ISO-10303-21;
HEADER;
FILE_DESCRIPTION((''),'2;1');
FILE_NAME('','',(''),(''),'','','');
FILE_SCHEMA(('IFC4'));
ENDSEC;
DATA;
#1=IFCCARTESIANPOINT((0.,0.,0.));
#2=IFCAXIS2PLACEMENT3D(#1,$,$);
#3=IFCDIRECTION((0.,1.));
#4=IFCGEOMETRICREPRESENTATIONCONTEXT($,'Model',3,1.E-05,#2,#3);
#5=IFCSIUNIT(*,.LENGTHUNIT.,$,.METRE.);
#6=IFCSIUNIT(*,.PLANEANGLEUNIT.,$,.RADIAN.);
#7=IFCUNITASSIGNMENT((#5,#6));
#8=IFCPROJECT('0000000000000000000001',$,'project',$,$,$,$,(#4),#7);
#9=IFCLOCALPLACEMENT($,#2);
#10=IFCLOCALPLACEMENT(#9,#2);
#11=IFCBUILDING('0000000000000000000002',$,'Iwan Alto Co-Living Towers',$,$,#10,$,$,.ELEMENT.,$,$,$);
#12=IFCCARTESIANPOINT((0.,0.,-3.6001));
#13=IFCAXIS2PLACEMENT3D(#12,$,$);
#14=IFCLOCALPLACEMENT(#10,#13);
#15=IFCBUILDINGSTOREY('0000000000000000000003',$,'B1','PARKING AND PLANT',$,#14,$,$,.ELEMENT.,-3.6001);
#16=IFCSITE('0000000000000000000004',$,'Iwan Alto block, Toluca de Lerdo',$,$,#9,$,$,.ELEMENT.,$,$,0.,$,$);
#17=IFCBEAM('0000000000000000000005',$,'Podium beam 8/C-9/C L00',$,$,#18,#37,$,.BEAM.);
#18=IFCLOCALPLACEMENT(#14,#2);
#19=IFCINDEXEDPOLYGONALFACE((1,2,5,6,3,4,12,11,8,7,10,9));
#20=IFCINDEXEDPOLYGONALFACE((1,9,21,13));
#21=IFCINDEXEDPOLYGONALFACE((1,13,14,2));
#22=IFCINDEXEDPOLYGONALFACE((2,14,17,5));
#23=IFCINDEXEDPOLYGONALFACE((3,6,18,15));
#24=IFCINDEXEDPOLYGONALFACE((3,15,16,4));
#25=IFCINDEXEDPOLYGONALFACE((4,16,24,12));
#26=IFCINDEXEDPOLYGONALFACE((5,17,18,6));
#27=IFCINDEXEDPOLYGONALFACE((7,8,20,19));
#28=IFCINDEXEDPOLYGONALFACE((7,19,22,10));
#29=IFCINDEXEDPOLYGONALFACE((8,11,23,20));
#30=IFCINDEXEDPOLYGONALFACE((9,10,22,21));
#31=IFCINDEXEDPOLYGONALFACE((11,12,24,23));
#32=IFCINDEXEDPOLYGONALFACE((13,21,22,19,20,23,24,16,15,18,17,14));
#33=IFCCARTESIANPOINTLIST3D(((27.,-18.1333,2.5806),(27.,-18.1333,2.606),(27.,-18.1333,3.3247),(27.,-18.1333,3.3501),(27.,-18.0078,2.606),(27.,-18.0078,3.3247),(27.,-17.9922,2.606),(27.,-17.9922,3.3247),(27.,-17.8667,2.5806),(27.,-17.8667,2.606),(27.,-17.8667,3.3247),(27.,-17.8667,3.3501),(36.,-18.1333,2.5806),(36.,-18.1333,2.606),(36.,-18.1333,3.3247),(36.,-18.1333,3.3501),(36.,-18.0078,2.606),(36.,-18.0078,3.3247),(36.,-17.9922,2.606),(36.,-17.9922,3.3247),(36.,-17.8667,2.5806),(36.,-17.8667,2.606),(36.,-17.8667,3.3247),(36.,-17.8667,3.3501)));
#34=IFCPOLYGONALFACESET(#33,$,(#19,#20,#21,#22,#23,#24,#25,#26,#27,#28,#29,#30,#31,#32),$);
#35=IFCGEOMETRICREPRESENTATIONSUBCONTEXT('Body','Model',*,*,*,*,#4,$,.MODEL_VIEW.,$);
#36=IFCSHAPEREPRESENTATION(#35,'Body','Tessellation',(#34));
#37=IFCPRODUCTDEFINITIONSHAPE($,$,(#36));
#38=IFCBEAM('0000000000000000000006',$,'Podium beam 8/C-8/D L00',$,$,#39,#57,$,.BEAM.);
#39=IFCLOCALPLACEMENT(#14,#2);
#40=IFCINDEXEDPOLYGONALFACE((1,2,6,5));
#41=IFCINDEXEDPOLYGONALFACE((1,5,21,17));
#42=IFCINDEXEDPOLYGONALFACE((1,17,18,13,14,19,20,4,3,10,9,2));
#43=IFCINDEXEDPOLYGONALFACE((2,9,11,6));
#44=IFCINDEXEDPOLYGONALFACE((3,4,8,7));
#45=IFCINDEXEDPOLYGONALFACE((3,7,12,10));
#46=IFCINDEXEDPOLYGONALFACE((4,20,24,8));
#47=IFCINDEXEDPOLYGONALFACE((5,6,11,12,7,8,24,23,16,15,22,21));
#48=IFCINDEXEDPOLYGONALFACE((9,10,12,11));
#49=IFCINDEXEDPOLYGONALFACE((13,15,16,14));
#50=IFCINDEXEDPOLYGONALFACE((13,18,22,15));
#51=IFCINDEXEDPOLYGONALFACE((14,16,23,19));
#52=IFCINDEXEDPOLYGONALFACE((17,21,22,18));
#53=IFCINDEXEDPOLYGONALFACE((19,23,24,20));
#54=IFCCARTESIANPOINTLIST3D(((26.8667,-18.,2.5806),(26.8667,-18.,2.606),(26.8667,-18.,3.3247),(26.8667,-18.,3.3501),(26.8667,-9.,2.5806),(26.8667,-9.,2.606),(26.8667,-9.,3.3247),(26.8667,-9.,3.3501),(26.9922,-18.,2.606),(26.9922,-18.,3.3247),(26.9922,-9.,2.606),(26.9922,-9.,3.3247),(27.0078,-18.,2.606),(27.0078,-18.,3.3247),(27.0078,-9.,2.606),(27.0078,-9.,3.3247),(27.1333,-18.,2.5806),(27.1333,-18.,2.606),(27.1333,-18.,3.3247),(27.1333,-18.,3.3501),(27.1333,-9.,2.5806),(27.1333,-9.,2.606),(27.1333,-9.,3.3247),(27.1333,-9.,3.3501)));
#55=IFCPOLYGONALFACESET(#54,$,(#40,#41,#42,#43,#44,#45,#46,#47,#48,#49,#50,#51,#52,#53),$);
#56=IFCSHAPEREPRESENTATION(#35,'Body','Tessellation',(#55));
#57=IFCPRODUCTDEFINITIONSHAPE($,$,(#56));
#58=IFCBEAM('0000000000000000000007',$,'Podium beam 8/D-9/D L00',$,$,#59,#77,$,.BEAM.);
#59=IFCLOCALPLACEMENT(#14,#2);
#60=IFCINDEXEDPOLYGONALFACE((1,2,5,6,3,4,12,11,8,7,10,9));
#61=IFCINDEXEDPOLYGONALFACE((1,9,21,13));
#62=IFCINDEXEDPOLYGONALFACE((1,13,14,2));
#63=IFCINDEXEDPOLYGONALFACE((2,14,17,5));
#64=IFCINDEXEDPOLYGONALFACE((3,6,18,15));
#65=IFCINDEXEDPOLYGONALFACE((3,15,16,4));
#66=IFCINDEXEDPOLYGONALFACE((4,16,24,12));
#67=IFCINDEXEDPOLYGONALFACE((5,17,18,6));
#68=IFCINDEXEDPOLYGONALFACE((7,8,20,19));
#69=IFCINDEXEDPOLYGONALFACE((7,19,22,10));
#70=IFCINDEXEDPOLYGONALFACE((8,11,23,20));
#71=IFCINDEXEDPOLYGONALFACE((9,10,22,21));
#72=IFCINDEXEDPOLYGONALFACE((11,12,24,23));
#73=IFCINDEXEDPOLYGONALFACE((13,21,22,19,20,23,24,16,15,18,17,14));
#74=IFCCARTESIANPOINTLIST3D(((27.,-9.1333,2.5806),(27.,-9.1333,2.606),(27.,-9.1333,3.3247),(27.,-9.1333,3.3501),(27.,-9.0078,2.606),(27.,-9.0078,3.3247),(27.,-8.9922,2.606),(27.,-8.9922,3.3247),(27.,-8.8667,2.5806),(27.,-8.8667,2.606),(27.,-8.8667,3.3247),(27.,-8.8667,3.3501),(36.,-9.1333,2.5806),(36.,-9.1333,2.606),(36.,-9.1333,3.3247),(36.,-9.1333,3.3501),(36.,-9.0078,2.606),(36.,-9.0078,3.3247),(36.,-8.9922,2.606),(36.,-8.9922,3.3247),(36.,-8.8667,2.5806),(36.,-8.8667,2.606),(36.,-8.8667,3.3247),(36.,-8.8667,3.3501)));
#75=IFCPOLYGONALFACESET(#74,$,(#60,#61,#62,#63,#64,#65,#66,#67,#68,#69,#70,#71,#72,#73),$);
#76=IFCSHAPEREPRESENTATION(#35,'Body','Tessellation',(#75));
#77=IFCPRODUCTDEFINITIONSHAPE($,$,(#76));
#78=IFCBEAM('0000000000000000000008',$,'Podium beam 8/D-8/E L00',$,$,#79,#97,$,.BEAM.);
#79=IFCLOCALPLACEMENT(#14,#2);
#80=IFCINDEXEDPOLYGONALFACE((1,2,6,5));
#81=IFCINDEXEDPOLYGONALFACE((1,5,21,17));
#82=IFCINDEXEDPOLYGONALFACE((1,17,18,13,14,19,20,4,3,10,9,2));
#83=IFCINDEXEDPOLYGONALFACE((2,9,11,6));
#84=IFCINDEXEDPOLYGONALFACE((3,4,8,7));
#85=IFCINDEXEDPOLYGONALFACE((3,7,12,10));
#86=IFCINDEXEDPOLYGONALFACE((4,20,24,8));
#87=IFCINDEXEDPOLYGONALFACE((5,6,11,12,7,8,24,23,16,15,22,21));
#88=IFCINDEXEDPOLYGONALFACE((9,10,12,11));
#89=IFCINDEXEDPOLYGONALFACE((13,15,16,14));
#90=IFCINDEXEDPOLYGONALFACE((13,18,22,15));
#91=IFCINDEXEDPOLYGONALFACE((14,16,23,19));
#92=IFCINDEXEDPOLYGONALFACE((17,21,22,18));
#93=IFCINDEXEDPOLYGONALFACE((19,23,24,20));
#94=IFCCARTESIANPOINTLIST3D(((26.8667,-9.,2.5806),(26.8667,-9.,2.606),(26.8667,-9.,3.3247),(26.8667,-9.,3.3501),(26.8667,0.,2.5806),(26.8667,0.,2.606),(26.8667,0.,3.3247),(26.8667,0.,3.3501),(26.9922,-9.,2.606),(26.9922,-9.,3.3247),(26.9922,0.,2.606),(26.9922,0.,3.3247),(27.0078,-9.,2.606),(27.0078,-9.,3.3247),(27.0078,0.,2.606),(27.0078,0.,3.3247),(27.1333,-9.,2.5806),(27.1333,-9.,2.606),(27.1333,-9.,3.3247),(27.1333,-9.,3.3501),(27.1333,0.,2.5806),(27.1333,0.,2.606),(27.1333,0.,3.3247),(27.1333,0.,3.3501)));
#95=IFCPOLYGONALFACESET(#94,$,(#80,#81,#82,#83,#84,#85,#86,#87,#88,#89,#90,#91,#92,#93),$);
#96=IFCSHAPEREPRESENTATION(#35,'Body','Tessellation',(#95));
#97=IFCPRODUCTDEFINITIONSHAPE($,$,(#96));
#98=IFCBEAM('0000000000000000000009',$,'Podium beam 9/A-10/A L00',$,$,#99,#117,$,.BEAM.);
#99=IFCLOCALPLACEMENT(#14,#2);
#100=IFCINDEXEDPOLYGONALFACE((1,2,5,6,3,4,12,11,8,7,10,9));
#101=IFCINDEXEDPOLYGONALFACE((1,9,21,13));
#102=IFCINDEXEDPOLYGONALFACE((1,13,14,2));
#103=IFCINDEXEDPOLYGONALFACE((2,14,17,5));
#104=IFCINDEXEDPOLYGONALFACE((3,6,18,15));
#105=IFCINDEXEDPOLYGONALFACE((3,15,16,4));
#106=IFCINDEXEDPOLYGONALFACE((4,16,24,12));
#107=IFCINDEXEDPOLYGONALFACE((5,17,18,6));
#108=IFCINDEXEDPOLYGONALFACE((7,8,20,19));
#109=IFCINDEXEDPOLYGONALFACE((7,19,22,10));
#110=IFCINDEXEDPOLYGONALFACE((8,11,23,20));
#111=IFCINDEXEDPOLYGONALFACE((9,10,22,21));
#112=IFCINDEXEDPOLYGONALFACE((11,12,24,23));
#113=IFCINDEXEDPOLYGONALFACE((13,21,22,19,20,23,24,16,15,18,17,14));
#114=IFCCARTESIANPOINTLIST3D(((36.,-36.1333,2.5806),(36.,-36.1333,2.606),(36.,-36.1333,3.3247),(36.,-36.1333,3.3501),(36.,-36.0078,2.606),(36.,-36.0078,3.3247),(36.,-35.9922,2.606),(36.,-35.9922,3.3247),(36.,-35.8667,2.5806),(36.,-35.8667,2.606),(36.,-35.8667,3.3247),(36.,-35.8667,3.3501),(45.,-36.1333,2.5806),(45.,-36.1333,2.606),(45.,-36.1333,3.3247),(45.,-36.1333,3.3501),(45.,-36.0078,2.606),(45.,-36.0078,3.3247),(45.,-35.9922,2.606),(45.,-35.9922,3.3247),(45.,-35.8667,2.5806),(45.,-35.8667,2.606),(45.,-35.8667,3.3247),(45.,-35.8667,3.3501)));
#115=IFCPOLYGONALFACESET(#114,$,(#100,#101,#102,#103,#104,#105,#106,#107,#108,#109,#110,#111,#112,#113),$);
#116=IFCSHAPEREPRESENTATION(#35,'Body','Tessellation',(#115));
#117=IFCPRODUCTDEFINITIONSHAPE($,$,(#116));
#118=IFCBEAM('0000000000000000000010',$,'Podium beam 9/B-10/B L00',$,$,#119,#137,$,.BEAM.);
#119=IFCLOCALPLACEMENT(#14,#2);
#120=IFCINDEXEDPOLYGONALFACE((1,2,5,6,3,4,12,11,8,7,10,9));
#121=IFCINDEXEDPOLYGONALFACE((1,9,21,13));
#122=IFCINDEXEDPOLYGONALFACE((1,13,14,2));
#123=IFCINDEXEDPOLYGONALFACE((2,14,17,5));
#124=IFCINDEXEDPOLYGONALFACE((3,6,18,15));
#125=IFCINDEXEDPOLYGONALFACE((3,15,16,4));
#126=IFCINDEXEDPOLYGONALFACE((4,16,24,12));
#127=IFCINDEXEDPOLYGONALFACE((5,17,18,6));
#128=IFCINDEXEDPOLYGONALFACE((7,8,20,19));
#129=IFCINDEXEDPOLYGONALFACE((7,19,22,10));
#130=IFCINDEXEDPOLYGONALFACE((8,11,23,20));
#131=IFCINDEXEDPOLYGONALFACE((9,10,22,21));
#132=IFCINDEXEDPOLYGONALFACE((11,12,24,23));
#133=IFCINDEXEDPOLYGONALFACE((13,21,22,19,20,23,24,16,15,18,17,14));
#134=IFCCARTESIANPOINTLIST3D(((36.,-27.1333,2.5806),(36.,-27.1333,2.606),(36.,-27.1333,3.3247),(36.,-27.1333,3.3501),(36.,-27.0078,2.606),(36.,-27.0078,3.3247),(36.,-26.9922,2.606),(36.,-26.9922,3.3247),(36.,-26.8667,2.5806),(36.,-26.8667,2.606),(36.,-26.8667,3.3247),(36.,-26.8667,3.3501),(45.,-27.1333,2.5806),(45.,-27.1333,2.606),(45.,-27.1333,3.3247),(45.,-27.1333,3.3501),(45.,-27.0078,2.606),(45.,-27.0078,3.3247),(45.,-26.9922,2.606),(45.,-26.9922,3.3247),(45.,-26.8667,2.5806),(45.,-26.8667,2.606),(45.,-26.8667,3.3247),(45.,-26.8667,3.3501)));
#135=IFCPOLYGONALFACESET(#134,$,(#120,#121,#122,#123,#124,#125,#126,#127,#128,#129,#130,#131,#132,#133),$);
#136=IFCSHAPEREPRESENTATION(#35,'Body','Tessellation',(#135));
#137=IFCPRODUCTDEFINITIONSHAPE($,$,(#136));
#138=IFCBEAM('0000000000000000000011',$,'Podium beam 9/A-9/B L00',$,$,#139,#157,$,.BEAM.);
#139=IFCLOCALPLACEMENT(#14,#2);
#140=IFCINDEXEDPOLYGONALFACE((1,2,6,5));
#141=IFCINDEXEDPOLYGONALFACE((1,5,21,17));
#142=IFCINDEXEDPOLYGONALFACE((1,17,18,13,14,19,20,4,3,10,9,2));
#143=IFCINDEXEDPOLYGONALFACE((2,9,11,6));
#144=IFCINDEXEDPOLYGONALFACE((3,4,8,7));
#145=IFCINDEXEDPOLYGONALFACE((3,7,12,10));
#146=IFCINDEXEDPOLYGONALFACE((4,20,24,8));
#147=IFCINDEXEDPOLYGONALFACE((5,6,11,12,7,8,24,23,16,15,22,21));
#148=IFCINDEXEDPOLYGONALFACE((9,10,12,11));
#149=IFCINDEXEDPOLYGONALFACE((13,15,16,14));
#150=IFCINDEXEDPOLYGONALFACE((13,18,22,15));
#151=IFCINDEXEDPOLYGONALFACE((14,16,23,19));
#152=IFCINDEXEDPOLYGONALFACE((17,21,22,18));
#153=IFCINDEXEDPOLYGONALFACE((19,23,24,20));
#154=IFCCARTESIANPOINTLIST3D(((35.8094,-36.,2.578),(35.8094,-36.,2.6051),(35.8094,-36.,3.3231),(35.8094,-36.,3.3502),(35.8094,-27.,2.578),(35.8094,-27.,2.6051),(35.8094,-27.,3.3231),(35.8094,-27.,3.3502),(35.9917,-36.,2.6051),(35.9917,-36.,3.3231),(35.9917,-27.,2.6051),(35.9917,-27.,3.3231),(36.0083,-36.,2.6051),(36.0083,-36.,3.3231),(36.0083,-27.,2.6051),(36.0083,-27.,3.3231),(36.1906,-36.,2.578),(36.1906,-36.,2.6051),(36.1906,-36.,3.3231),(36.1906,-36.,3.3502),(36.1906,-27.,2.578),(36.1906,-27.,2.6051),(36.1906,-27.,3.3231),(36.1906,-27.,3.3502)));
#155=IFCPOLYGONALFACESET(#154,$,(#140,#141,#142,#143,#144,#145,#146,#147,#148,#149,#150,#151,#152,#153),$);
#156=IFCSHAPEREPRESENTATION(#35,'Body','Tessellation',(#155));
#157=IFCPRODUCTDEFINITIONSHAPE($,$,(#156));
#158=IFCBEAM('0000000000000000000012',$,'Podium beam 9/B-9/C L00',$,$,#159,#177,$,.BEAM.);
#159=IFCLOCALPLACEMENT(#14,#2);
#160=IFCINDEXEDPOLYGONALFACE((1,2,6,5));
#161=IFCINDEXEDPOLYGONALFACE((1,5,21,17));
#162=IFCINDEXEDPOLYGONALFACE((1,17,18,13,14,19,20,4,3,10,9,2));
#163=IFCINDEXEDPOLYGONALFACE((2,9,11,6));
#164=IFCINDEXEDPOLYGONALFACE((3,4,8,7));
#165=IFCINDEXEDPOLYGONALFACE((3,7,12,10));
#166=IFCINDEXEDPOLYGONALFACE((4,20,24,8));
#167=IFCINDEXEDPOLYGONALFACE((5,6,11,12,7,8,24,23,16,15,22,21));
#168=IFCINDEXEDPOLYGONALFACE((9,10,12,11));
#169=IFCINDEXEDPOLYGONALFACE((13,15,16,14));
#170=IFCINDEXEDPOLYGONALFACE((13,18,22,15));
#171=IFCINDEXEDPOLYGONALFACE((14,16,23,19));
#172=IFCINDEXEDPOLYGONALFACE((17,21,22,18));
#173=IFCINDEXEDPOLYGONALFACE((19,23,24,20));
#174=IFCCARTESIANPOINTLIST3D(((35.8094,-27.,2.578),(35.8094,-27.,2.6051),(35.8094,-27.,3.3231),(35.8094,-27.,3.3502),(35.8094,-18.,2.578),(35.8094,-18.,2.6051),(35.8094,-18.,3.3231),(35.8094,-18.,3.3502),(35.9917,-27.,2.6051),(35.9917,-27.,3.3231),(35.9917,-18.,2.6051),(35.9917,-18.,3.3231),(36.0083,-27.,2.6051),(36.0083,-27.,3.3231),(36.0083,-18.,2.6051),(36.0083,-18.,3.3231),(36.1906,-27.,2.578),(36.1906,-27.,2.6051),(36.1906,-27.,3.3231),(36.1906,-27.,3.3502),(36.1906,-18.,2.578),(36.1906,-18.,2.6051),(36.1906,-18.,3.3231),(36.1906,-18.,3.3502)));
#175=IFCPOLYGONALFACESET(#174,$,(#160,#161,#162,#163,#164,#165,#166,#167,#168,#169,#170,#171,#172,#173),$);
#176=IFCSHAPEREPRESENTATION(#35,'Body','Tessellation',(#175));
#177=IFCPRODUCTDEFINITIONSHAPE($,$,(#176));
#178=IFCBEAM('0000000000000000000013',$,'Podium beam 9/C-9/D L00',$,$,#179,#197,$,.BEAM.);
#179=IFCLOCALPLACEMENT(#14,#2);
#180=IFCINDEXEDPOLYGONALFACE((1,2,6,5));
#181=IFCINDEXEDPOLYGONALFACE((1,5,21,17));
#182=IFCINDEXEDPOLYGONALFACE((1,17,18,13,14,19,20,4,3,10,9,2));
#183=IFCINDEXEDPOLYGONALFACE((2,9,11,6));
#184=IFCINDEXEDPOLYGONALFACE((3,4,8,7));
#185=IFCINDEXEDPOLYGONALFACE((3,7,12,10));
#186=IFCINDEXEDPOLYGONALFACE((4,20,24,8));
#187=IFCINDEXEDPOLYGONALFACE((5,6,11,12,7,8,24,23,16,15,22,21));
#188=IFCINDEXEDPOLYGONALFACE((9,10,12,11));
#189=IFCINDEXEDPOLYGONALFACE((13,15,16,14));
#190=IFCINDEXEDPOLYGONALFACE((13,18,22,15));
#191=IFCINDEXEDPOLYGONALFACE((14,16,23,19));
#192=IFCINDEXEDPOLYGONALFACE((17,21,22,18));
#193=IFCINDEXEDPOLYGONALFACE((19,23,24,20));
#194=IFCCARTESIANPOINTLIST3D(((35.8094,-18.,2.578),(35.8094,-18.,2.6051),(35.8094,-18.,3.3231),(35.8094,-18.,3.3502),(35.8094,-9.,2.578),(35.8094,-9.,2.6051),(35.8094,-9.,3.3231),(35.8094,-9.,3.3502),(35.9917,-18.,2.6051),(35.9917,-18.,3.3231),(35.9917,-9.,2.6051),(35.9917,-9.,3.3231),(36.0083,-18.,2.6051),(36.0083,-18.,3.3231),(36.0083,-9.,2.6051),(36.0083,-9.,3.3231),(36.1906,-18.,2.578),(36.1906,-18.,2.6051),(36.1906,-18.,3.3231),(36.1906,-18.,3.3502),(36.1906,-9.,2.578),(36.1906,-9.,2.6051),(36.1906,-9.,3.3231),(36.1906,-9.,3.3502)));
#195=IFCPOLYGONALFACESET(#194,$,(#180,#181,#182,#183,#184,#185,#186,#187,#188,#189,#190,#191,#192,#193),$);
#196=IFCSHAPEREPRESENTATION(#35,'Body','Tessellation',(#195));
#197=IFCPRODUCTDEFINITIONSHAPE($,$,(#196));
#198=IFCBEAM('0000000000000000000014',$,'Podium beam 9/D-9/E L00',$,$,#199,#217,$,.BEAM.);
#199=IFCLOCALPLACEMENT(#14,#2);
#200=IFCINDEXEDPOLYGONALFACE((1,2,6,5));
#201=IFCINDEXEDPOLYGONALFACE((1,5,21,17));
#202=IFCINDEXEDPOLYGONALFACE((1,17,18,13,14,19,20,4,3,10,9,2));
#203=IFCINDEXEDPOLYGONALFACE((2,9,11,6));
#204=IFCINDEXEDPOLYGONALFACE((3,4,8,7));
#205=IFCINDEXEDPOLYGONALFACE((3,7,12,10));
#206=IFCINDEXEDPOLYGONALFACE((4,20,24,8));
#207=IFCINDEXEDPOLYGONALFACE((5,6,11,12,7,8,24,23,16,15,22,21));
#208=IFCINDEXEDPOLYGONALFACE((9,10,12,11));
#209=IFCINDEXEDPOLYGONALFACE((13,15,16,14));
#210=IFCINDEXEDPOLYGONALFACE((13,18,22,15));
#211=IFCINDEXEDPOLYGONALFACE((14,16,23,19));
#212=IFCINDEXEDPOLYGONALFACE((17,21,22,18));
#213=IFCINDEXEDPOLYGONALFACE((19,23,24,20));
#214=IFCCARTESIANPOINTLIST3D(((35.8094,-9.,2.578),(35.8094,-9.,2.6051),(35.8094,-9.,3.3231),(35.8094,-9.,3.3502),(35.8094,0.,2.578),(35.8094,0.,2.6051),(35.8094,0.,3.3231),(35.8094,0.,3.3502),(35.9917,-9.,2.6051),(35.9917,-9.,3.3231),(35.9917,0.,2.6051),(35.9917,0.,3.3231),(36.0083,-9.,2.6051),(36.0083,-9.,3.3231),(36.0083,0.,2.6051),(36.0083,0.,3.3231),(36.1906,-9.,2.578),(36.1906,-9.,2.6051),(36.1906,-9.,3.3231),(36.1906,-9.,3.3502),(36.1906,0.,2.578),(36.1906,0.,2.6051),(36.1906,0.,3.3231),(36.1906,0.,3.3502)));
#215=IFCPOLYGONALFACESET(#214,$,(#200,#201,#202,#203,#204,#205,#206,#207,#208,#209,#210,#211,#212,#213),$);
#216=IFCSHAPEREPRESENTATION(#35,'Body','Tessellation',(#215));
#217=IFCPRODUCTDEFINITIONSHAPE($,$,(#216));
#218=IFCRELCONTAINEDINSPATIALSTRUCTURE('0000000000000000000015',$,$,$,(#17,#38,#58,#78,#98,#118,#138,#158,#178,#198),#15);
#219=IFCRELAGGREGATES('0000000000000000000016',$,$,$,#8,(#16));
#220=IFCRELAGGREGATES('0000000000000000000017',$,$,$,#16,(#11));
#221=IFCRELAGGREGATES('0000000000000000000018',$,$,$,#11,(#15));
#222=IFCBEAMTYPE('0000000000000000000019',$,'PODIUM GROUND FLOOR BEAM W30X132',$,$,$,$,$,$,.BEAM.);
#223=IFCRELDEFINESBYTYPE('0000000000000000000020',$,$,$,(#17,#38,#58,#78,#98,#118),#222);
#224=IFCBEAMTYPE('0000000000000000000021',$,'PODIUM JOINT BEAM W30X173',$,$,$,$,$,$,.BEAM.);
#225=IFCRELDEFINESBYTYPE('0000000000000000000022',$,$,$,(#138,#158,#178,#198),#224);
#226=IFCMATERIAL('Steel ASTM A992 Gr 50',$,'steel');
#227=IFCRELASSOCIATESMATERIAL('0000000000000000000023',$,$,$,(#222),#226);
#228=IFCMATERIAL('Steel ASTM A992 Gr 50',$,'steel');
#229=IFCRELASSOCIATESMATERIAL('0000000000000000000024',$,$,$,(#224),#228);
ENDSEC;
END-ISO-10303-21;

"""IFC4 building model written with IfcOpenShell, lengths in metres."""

from ifc_helpers import new_model, si_unit, direction, frame, origin, origin_2d, place, context, subcontext, project, spatial, i_section, extrude, material, material_profile, profile_set, type_object, element, save


model = new_model("IFC4")

# Units and contexts
model_context = context("Model", 3, precision=1e-05, world=origin(), true_north=direction((0.0, 1.0)))
body_context = subcontext(model_context, "Body", "Model", "MODEL_VIEW")
ifc_project = project(units=[si_unit("LENGTHUNIT", "METRE"), si_unit("PLANEANGLEUNIT", "RADIAN")], contexts=[model_context])

# Site, building, storey
site_placement = place(None, origin())
site = spatial("IfcSite", under=ifc_project, at=site_placement, Name="Iwan Alto block, Toluca de Lerdo", CompositionType="ELEMENT", RefElevation=0.0)
building_placement = place(site_placement, origin())
building = spatial("IfcBuilding", under=site, at=building_placement, Name="Iwan Alto Co-Living Towers", CompositionType="ELEMENT")
storey_placement = place(building_placement, frame((0.0, 0.0, -3.6001)))
storey = spatial("IfcBuildingStorey", under=building, at=storey_placement, Name="B1", Description="PARKING AND PLANT", CompositionType="ELEMENT", Elevation=-3.6001)

# Beams
ifc_material_1 = material(Name="Steel ASTM A992 Gr 50", Category="steel")
ifc_material_profile_1 = material_profile(ifc_material_1, i_section(OverallWidth=0.2666, OverallDepth=0.7695, WebThickness=0.0156, FlangeThickness=0.0254, at=origin_2d()), Name="W30X132")
ifc_profile_set_1 = profile_set([ifc_material_profile_1], Name="Steel ASTM A992 Gr 50")
beam_type_1 = type_object("IfcBeamType", Name="PODIUM GROUND FLOOR BEAM W30X132", PredefinedType="BEAM", material=ifc_profile_set_1)
for number, where, z_axis, x_axis, name in (
    (1, (27.0, -18.0, 2.9653), (1.0, 0.0, 0.0), (0.0, 1.0, 0.0), "Podium beam 8/C-9/C L00"),
    (2, (27.0, -18.0, 2.9653), (0.0, 1.0, 0.0), (-1.0, 0.0, 0.0), "Podium beam 8/C-8/D L00"),
    (3, (27.0, -9.0, 2.9653), (1.0, 0.0, 0.0), (0.0, 1.0, 0.0), "Podium beam 8/D-9/D L00"),
    (4, (27.0, -9.0, 2.9653), (0.0, 1.0, 0.0), (-1.0, 0.0, 0.0), "Podium beam 8/D-8/E L00"),
    (5, (36.0, -36.0, 2.9653), (1.0, 0.0, 0.0), (0.0, 1.0, 0.0), "Podium beam 9/A-10/A L00"),
    (6, (36.0, -27.0, 2.9653), (1.0, 0.0, 0.0), (0.0, 1.0, 0.0), "Podium beam 9/B-10/B L00"),
):
    element("IfcBeam", number, at=place(storey_placement, frame(where, z_axis=z_axis, x_axis=x_axis)), inside=storey, type_object=beam_type_1, Name=name, PredefinedType="BEAM", context=body_context, shape_type="SweptSolid", body=[
        extrude(i_section(OverallWidth=0.2666, OverallDepth=0.7695, WebThickness=0.0156, FlangeThickness=0.0254, at=origin_2d()), origin(), (0.0, 0.0, 1.0), 9.0),
    ])
ifc_material_2 = material(Name="Steel ASTM A992 Gr 50", Category="steel")
ifc_material_profile_2 = material_profile(ifc_material_2, i_section(OverallWidth=0.3811, OverallDepth=0.7722, WebThickness=0.0166, FlangeThickness=0.0271, at=origin_2d()), Name="W30X173")
ifc_profile_set_2 = profile_set([ifc_material_profile_2], Name="Steel ASTM A992 Gr 50")
beam_type_2 = type_object("IfcBeamType", Name="PODIUM JOINT BEAM W30X173", PredefinedType="BEAM", material=ifc_profile_set_2)
for number, where, z_axis, x_axis, name in (
    (7, (36.0, -36.0, 2.9641), (0.0, 1.0, 0.0), (-1.0, 0.0, 0.0), "Podium beam 9/A-9/B L00"),
    (8, (36.0, -27.0, 2.9641), (0.0, 1.0, 0.0), (-1.0, 0.0, 0.0), "Podium beam 9/B-9/C L00"),
    (9, (36.0, -18.0, 2.9641), (0.0, 1.0, 0.0), (-1.0, 0.0, 0.0), "Podium beam 9/C-9/D L00"),
    (10, (36.0, -9.0, 2.9641), (0.0, 1.0, 0.0), (-1.0, 0.0, 0.0), "Podium beam 9/D-9/E L00"),
):
    element("IfcBeam", number, at=place(storey_placement, frame(where, z_axis=z_axis, x_axis=x_axis)), inside=storey, type_object=beam_type_2, Name=name, PredefinedType="BEAM", context=body_context, shape_type="SweptSolid", body=[
        extrude(i_section(OverallWidth=0.3811, OverallDepth=0.7722, WebThickness=0.0166, FlangeThickness=0.0271, at=origin_2d()), origin(), (0.0, 0.0, 1.0), 9.0),
    ])

save(model, "model.ifc")
